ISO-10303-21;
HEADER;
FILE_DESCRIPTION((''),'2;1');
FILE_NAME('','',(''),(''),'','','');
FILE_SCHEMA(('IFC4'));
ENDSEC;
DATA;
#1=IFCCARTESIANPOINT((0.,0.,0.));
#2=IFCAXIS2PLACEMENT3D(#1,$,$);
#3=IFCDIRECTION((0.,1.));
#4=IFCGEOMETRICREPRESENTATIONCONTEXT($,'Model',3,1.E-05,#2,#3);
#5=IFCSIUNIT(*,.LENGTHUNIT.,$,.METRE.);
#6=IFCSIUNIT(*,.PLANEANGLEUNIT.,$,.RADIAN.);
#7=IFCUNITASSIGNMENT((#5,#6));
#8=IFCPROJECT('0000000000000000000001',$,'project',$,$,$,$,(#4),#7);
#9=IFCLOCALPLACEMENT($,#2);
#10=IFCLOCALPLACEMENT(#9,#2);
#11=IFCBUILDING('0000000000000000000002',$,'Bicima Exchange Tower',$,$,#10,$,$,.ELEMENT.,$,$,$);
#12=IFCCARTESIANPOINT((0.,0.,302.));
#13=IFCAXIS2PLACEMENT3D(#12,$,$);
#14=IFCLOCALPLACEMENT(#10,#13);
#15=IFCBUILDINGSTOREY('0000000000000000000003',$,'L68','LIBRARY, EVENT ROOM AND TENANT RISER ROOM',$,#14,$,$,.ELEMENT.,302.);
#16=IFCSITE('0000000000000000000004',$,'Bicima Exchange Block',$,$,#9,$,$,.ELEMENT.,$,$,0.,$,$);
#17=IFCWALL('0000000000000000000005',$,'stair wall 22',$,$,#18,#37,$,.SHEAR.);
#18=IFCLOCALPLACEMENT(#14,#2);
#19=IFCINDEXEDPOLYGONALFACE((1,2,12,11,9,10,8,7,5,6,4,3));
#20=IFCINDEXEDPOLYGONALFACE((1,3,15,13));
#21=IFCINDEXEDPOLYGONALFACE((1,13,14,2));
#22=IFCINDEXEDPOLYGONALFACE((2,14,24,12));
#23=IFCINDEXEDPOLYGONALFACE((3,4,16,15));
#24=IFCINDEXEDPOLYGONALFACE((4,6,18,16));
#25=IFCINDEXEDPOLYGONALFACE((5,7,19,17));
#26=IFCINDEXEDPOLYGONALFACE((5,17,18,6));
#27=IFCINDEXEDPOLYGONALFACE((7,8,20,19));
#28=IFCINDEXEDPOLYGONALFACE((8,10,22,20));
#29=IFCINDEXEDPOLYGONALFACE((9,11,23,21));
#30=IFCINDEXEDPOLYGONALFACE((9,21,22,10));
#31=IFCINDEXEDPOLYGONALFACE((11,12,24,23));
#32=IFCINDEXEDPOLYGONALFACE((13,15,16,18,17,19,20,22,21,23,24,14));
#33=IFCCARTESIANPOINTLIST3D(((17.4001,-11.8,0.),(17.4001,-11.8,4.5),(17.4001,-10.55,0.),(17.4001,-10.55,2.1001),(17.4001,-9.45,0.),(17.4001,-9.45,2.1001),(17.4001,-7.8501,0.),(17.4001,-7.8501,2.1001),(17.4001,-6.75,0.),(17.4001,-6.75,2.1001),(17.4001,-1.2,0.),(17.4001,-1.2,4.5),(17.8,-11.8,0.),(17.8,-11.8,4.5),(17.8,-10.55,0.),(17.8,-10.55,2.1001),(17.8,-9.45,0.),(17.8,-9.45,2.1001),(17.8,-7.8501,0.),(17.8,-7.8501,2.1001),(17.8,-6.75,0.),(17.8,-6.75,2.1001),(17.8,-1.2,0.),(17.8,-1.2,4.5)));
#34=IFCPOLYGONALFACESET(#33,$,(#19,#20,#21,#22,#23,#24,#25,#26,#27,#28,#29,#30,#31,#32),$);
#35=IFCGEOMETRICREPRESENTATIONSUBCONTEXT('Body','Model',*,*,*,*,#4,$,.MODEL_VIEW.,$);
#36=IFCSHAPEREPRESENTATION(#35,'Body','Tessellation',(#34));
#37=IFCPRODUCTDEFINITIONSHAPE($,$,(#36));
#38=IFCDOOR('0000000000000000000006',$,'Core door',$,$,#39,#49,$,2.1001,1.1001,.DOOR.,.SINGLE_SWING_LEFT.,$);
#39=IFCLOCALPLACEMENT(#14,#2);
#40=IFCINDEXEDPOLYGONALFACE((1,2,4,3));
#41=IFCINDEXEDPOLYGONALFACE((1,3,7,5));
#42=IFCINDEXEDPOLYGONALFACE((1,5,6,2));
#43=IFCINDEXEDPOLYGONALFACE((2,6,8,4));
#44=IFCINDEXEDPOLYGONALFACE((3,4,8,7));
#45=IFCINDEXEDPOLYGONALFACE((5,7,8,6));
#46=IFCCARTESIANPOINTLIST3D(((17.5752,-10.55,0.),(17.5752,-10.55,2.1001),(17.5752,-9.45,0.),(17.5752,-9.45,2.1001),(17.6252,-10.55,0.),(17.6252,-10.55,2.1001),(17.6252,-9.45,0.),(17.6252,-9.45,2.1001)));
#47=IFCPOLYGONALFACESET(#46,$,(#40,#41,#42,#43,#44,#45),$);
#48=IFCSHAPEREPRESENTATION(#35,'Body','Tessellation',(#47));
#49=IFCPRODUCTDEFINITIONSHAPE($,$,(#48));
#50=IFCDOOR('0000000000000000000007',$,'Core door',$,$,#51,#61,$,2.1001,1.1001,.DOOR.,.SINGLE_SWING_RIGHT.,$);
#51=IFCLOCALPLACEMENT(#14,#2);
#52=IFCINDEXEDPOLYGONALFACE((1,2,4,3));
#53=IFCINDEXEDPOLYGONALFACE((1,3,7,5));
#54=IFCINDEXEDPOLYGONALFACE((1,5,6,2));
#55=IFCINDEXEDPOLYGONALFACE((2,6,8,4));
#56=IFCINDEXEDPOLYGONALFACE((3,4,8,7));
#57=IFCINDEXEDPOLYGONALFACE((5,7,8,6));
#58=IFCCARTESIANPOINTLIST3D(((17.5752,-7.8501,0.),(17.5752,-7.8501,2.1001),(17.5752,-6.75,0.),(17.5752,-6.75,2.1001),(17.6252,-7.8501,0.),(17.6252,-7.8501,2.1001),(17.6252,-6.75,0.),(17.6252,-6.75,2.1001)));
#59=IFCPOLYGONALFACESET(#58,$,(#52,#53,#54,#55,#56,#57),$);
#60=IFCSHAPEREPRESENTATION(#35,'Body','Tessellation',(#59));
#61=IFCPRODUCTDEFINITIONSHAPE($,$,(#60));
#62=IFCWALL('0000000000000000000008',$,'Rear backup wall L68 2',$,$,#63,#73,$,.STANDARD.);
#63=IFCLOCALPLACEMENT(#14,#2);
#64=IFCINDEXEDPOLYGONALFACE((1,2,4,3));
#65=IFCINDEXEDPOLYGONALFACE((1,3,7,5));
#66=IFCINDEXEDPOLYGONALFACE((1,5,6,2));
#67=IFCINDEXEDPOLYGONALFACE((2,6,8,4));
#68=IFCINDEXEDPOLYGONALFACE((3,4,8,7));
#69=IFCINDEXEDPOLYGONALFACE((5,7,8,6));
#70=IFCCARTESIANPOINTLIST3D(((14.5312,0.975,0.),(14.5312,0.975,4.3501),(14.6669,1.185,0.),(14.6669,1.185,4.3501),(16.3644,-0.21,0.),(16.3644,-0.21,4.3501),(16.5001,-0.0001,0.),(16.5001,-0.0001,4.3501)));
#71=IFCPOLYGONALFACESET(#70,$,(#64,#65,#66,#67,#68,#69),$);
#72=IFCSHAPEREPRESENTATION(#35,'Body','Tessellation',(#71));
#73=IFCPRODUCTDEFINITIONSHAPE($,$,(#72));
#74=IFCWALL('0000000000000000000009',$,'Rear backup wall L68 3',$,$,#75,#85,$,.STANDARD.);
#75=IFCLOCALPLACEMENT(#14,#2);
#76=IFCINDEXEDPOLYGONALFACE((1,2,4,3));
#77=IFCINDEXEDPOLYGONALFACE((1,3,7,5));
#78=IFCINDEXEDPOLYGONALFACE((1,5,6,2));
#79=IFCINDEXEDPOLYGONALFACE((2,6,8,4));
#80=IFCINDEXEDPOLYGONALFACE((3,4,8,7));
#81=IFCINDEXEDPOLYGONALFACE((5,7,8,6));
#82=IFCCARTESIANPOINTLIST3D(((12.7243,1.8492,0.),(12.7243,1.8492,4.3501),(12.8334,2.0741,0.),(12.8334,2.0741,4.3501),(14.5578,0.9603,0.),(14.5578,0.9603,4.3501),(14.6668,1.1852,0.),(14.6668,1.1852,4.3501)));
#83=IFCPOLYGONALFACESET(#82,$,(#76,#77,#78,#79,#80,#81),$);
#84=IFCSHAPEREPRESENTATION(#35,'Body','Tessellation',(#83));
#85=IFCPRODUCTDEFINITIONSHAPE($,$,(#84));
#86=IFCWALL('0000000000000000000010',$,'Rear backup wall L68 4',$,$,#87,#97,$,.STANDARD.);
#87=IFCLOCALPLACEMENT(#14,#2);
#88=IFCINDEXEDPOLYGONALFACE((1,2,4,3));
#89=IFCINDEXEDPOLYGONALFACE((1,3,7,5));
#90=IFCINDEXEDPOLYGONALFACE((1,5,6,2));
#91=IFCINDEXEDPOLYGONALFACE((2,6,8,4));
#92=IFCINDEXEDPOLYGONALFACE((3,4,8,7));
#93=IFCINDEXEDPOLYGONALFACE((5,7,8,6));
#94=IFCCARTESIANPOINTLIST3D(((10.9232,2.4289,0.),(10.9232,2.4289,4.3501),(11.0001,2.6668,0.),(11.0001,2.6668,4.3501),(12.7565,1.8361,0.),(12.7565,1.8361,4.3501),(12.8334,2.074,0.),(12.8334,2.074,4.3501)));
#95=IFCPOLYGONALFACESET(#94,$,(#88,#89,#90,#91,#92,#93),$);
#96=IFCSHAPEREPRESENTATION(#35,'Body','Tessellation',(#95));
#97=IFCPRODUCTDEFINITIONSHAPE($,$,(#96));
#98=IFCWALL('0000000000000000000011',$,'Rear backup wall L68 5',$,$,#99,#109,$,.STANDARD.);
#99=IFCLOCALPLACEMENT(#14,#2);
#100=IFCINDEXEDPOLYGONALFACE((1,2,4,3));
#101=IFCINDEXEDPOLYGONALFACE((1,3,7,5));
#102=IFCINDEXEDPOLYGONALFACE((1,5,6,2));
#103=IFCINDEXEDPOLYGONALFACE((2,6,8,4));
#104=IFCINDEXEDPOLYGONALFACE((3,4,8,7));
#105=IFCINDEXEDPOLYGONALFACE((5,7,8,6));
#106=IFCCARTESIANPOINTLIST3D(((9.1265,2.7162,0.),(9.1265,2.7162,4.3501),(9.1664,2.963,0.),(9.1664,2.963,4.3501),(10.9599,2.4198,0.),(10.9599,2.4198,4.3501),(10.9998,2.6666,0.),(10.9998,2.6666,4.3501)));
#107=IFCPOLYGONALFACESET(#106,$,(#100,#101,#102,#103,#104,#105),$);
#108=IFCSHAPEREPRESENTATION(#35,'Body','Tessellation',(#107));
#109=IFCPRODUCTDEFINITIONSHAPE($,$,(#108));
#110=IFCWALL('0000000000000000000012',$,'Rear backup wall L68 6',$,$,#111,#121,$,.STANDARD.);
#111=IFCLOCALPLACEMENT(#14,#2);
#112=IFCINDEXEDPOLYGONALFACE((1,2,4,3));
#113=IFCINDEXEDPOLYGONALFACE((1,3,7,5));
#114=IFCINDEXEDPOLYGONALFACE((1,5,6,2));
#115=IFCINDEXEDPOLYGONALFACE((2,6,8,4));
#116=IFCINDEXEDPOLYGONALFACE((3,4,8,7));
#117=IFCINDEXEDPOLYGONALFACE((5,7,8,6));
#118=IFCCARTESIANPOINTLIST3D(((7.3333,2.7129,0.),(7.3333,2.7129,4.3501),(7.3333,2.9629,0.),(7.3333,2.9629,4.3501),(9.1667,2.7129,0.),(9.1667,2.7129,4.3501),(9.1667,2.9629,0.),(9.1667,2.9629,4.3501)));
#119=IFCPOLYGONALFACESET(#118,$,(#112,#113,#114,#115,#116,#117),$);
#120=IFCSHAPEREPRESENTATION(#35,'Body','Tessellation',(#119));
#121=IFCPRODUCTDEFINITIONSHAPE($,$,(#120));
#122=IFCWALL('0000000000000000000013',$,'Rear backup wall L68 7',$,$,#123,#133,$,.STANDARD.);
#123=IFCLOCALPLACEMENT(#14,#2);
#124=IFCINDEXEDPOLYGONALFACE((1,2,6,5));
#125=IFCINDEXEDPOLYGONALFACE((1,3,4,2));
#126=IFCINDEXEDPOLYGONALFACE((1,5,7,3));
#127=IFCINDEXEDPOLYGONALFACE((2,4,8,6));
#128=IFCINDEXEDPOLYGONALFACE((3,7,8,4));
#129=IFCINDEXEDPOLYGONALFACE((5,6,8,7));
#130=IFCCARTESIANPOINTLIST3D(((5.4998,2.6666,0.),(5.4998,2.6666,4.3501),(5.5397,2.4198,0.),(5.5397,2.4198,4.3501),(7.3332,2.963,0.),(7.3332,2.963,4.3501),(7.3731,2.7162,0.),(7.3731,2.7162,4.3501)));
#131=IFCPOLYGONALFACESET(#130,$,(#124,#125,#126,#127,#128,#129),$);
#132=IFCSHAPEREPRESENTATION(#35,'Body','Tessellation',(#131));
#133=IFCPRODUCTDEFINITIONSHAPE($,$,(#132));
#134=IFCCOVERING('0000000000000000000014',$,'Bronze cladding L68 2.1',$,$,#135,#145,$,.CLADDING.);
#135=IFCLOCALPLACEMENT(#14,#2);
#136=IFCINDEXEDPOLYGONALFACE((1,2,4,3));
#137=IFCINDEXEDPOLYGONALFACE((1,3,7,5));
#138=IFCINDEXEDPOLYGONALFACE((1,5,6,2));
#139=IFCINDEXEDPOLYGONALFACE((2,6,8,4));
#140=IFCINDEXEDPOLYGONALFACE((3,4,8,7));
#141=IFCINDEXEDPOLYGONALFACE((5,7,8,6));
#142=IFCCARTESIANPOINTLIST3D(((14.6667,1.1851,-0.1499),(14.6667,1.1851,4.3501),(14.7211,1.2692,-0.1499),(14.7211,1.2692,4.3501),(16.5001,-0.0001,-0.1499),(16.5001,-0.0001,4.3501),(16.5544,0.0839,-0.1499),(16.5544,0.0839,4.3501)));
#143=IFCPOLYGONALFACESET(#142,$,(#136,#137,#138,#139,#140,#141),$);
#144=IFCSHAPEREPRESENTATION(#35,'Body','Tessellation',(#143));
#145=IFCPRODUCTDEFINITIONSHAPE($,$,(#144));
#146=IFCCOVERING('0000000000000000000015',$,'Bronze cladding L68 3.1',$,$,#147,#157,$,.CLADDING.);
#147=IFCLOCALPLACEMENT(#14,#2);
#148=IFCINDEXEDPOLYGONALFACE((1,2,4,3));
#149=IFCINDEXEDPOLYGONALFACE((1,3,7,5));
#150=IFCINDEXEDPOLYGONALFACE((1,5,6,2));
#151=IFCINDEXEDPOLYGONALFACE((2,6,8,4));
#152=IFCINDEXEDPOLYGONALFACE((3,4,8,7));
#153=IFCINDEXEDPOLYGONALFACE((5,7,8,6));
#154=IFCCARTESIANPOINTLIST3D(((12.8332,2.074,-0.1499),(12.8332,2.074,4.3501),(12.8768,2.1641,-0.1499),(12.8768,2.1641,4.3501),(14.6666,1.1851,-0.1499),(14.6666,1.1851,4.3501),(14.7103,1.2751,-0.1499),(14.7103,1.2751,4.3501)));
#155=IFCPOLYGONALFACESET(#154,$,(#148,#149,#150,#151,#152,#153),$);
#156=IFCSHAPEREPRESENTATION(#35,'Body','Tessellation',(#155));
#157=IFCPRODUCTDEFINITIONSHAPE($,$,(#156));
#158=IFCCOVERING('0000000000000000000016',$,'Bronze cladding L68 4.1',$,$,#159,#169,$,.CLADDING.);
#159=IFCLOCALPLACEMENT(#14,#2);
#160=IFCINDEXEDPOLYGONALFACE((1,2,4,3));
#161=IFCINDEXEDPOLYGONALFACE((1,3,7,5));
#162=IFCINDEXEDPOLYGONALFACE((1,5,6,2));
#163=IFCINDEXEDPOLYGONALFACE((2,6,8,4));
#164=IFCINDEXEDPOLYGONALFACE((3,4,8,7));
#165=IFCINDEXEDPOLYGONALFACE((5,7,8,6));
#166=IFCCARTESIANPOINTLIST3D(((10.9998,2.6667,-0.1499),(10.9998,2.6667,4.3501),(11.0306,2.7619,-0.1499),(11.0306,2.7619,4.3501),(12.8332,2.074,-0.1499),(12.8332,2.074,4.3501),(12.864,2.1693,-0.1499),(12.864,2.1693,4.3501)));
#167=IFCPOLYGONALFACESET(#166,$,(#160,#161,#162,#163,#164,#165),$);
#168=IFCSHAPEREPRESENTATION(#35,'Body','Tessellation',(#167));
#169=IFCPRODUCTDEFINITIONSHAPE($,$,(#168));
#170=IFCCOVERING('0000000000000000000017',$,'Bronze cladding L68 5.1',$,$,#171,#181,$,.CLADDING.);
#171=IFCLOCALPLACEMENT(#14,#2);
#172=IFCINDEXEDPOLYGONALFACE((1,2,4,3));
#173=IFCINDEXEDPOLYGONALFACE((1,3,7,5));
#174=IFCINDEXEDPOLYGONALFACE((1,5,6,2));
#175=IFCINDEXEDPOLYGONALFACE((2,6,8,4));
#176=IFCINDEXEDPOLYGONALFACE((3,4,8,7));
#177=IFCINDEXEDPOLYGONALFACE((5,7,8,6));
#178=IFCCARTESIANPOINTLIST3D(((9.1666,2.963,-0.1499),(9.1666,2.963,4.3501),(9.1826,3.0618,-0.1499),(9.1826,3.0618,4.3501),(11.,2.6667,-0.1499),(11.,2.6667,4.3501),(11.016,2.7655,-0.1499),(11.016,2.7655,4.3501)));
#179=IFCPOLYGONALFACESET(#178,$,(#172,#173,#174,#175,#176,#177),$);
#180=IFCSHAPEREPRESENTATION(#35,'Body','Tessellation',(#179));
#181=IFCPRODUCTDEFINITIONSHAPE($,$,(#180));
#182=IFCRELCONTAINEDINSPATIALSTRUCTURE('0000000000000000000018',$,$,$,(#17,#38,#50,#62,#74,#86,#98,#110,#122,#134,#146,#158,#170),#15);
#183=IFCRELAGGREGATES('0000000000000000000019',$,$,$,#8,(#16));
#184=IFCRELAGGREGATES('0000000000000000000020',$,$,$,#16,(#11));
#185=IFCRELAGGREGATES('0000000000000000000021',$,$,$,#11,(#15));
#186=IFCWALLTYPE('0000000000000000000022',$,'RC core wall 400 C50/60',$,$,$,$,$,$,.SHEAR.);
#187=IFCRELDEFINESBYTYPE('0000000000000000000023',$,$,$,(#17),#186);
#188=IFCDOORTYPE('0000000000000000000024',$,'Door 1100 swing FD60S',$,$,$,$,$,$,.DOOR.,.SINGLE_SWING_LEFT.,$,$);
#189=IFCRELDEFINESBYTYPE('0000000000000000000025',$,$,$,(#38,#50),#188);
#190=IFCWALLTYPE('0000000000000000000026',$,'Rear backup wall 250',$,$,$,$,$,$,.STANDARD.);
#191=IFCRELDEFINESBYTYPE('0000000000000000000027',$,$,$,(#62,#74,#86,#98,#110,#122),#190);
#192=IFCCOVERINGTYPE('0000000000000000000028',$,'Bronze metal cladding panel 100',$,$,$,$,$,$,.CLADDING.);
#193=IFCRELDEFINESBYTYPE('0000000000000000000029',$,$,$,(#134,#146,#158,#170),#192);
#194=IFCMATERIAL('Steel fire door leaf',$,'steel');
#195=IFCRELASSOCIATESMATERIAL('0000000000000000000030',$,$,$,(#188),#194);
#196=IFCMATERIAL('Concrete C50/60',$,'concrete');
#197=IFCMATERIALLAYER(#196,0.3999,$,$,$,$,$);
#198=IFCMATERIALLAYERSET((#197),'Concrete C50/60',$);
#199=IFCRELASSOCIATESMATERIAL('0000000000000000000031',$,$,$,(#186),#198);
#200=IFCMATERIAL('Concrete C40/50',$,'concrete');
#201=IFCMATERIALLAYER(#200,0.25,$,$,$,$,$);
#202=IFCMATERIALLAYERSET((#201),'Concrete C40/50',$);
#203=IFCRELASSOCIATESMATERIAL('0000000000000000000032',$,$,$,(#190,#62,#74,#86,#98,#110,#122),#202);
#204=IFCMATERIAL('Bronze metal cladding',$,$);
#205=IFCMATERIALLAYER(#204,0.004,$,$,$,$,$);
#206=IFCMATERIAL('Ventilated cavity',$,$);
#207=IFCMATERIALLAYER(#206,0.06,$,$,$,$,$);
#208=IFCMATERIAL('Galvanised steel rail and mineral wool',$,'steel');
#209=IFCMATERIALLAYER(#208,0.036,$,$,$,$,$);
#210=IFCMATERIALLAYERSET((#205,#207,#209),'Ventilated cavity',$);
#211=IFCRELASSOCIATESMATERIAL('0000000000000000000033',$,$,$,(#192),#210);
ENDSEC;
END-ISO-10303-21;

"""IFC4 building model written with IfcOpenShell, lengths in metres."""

from ifc_helpers import new_model, si_unit, direction, frame, frame_2d, origin, origin_2d, place, context, subcontext, project, spatial, rectangle, extrude, material, layer, layer_set, layer_usage, type_object, element, fill, save


model = new_model("IFC4")

# Units and contexts
model_context = context("Model", 3, precision=1e-05, world=origin(), true_north=direction((0.0, 1.0)))
body_context = subcontext(model_context, "Body", "Model", "MODEL_VIEW")
ifc_project = project(units=[si_unit("LENGTHUNIT", "METRE"), si_unit("PLANEANGLEUNIT", "RADIAN")], contexts=[model_context])

# Site, building, storey
site_placement = place(None, origin())
site = spatial("IfcSite", under=ifc_project, at=site_placement, Name="Bicima Exchange Block", CompositionType="ELEMENT", RefElevation=0.0)
building_placement = place(site_placement, origin())
building = spatial("IfcBuilding", under=site, at=building_placement, Name="Bicima Exchange Tower", CompositionType="ELEMENT")
storey_placement = place(building_placement, frame((0.0, 0.0, 302.0)))
storey = spatial("IfcBuildingStorey", under=building, at=storey_placement, Name="L68", Description="LIBRARY, EVENT ROOM AND TENANT RISER ROOM", CompositionType="ELEMENT", Elevation=302.0)

# Shared definitions
ifc_material_1 = material(Name="Concrete C40/50", Category="concrete")
ifc_material_2 = material(Name="Steel fire door leaf", Category="steel")
door_type_1 = type_object("IfcDoorType", Name="Door 1100 swing FD60S", OperationType="SINGLE_SWING_LEFT", PredefinedType="DOOR", material=ifc_material_2)
ifc_material_3 = material(Name="Concrete C50/60", Category="concrete")
ifc_layer_1 = layer(ifc_material_3, 0.3999)
ifc_layer_set_1 = layer_set([ifc_layer_1], Name="Concrete C50/60")
wall_type_1 = type_object("IfcWallType", Name="RC core wall 400 C50/60", PredefinedType="SHEAR", material=ifc_layer_set_1)

# Wall, openings, doors
wall_1_placement = place(storey_placement, frame((17.6001, -11.8, 0.0), z_axis=(0.0, 0.0, 1.0), x_axis=(0.0, 1.0, 0.0)))
wall_1 = element("IfcWall", 1, at=wall_1_placement, inside=storey, type_object=wall_type_1, Name="stair wall 22", PredefinedType="SHEAR", context=body_context, shape_type="SweptSolid", body=[
    extrude(rectangle(XDim=10.6001, YDim=0.3999, at=frame_2d((5.3, 0.0))), origin(), (0.0, 0.0, 1.0), 4.5),
])
opening_1_placement = place(wall_1_placement, frame((1.25, 0.0, 0.0)))
opening_1 = element("IfcOpeningElement", 2, at=opening_1_placement, cuts=wall_1, PredefinedType="OPENING", context=body_context, shape_type="SweptSolid", body=[
    extrude(rectangle(XDim=1.1001, YDim=2.1001, at=frame_2d((0.55, 1.05))), frame((0.0, 0.2119, 0.0), z_axis=(0.0, -1.0, 0.0), x_axis=(1.0, 0.0, 0.0)), (0.0, 0.0, 1.0), 0.4238),
])
opening_2_placement = place(wall_1_placement, frame((3.95, 0.0, 0.0)))
opening_2 = element("IfcOpeningElement", 3, at=opening_2_placement, cuts=wall_1, PredefinedType="OPENING", context=body_context, shape_type="SweptSolid", body=[
    extrude(rectangle(XDim=1.1001, YDim=2.1001, at=frame_2d((0.55, 1.05))), frame((0.0, 0.2119, 0.0), z_axis=(0.0, -1.0, 0.0), x_axis=(1.0, 0.0, 0.0)), (0.0, 0.0, 1.0), 0.4238),
])
door_1_placement = place(opening_1_placement, origin())
door_1 = element("IfcDoor", 4, at=door_1_placement, inside=storey, type_object=door_type_1, Name="Core door", OperationType="SINGLE_SWING_LEFT", OverallHeight=2.1001, OverallWidth=1.1001, PredefinedType="DOOR", context=body_context, shape_type="SweptSolid", body=[
    extrude(rectangle(XDim=1.1001, YDim=2.1001, at=frame_2d((0.55, 1.05))), frame((0.0, 0.0249, 0.0), z_axis=(0.0, -1.0, 0.0), x_axis=(1.0, 0.0, 0.0)), (0.0, 0.0, 1.0), 0.05),
])
fill(opening_1, door_1)
door_2_placement = place(opening_2_placement, origin())
door_2 = element("IfcDoor", 5, at=door_2_placement, inside=storey, type_object=door_type_1, Name="Core door", OperationType="SINGLE_SWING_RIGHT", OverallHeight=2.1001, OverallWidth=1.1001, PredefinedType="DOOR", context=body_context, shape_type="SweptSolid", body=[
    extrude(rectangle(XDim=1.1001, YDim=2.1001, at=frame_2d((0.55, 1.05))), frame((0.0, 0.0249, 0.0), z_axis=(0.0, -1.0, 0.0), x_axis=(1.0, 0.0, 0.0)), (0.0, 0.0, 1.0), 0.05),
])
fill(opening_2, door_2)

# Walls
ifc_layer_2 = layer(ifc_material_1, 0.25)
ifc_layer_set_2 = layer_set([ifc_layer_2], Name="Concrete C40/50")
ifc_layer_usage = layer_usage(ifc_layer_set_2, "AXIS2", "POSITIVE", -0.125)
wall_type_2 = type_object("IfcWallType", Name="Rear backup wall 250", PredefinedType="STANDARD", material=ifc_layer_set_2)
wall_2_placement = place(storey_placement, frame((16.4321, -0.105, 0.0), z_axis=(0.0, 0.0, 1.0), x_axis=(-0.839813, 0.542876, 0.0)))
element("IfcWall", 6, at=wall_2_placement, inside=storey, type_object=wall_type_2, material=ifc_layer_usage, Name="Rear backup wall L68 2", PredefinedType="STANDARD", context=body_context, shape_type="SweptSolid", body=[
    extrude(rectangle(XDim=2.1829, YDim=0.25, at=frame_2d((1.0913, 0.0))), origin(), (0.0, 0.0, 1.0), 4.3501),
])
wall_3_placement = place(storey_placement, frame((14.6123, 1.0728, 0.0), z_axis=(0.0, 0.0, 1.0), x_axis=(-0.899824, 0.436253, 0.0)))
element("IfcWall", 7, at=wall_3_placement, inside=storey, type_object=wall_type_2, material=ifc_layer_usage, Name="Rear backup wall L68 3", PredefinedType="STANDARD", context=body_context, shape_type="SweptSolid", body=[
    extrude(rectangle(XDim=2.0376, YDim=0.25, at=frame_2d((1.0188, 0.0))), origin(), (0.0, 0.0, 1.0), 4.3501),
])
wall_4_placement = place(storey_placement, frame((12.7949, 1.9551, 0.0), z_axis=(0.0, 0.0, 1.0), x_axis=(-0.951496, 0.307662, 0.0)))
element("IfcWall", 8, at=wall_4_placement, inside=storey, type_object=wall_type_2, material=ifc_layer_usage, Name="Rear backup wall L68 4", PredefinedType="STANDARD", context=body_context, shape_type="SweptSolid", body=[
    extrude(rectangle(XDim=1.9268, YDim=0.25, at=frame_2d((0.9634, 0.0))), origin(), (0.0, 0.0, 1.0), 4.3501),
])
wall_5_placement = place(storey_placement, frame((10.98, 2.5432, 0.0), z_axis=(0.0, 0.0, 1.0), x_axis=(-0.987182, 0.1596, 0.0)))
element("IfcWall", 9, at=wall_5_placement, inside=storey, type_object=wall_type_2, material=ifc_layer_usage, Name="Rear backup wall L68 5", PredefinedType="STANDARD", context=body_context, shape_type="SweptSolid", body=[
    extrude(rectangle(XDim=1.8572, YDim=0.25, at=frame_2d((0.9287, 0.0))), origin(), (0.0, 0.0, 1.0), 4.3501),
])
wall_6_placement = place(storey_placement, frame((9.1667, 2.8379, 0.0), z_axis=(0.0, 0.0, 1.0), x_axis=(-1.0, 0.0, 0.0)))
element("IfcWall", 10, at=wall_6_placement, inside=storey, type_object=wall_type_2, material=ifc_layer_usage, Name="Rear backup wall L68 6", PredefinedType="STANDARD", context=body_context, shape_type="SweptSolid", body=[
    extrude(rectangle(XDim=1.8335, YDim=0.25, at=frame_2d((0.9167, 0.0))), origin(), (0.0, 0.0, 1.0), 4.3501),
])
wall_7_placement = place(storey_placement, frame((7.3533, 2.8396, 0.0), z_axis=(0.0, 0.0, 1.0), x_axis=(-0.987182, -0.1596, 0.0)))
element("IfcWall", 11, at=wall_7_placement, inside=storey, type_object=wall_type_2, material=ifc_layer_usage, Name="Rear backup wall L68 7", PredefinedType="STANDARD", context=body_context, shape_type="SweptSolid", body=[
    extrude(rectangle(XDim=1.8572, YDim=0.25, at=frame_2d((0.9287, 0.0))), origin(), (0.0, 0.0, 1.0), 4.3501),
])

# Coverings
ifc_material_4 = material(Name="Bronze metal cladding")
ifc_layer_3 = layer(ifc_material_4, 0.004)
ifc_material_5 = material(Name="Ventilated cavity")
ifc_layer_4 = layer(ifc_material_5, 0.06)
ifc_material_6 = material(Name="Galvanised steel rail and mineral wool", Category="steel")
ifc_layer_5 = layer(ifc_material_6, 0.036)
ifc_layer_set_3 = layer_set([ifc_layer_3, ifc_layer_4, ifc_layer_5], Name="Ventilated cavity")
covering_type = type_object("IfcCoveringType", Name="Bronze metal cladding panel 100", PredefinedType="CLADDING", material=ifc_layer_set_3)
covering_1_placement = place(storey_placement, frame((15.6106, 0.6345, -0.1499), z_axis=(0.0, 0.0, 1.0), x_axis=(-0.83979, 0.542911, 0.0)))
element("IfcCovering", 12, at=covering_1_placement, inside=storey, type_object=covering_type, Name="Bronze cladding L68 2.1", PredefinedType="CLADDING", context=body_context, shape_type="SweptSolid", body=[
    extrude(rectangle(XDim=2.1831, YDim=0.1001, at=origin_2d()), origin(), (0.0, 0.0, 1.0), 4.5),
])
covering_2_placement = place(storey_placement, frame((13.7717, 1.6746, -0.1499), z_axis=(0.0, 0.0, 1.0), x_axis=(-0.899818, 0.436265, 0.0)))
element("IfcCovering", 13, at=covering_2_placement, inside=storey, type_object=covering_type, Name="Bronze cladding L68 3.1", PredefinedType="CLADDING", context=body_context, shape_type="SweptSolid", body=[
    extrude(rectangle(XDim=2.0376, YDim=0.1001, at=origin_2d()), origin(), (0.0, 0.0, 1.0), 4.5),
])
covering_3_placement = place(storey_placement, frame((11.9319, 2.418, -0.1499), z_axis=(0.0, 0.0, 1.0), x_axis=(-0.951525, 0.307573, 0.0)))
element("IfcCovering", 14, at=covering_3_placement, inside=storey, type_object=covering_type, Name="Bronze cladding L68 4.1", PredefinedType="CLADDING", context=body_context, shape_type="SweptSolid", body=[
    extrude(rectangle(XDim=1.9268, YDim=0.1001, at=origin_2d()), origin(), (0.0, 0.0, 1.0), 4.5),
])
covering_4_placement = place(storey_placement, frame((10.0913, 2.8643, -0.1499), z_axis=(0.0, 0.0, 1.0), x_axis=(-0.98719, 0.15955, 0.0)))
element("IfcCovering", 15, at=covering_4_placement, inside=storey, type_object=covering_type, Name="Bronze cladding L68 5.1", PredefinedType="CLADDING", context=body_context, shape_type="SweptSolid", body=[
    extrude(rectangle(XDim=1.8572, YDim=0.1001, at=origin_2d()), origin(), (0.0, 0.0, 1.0), 4.5),
])

save(model, "model.ifc")
